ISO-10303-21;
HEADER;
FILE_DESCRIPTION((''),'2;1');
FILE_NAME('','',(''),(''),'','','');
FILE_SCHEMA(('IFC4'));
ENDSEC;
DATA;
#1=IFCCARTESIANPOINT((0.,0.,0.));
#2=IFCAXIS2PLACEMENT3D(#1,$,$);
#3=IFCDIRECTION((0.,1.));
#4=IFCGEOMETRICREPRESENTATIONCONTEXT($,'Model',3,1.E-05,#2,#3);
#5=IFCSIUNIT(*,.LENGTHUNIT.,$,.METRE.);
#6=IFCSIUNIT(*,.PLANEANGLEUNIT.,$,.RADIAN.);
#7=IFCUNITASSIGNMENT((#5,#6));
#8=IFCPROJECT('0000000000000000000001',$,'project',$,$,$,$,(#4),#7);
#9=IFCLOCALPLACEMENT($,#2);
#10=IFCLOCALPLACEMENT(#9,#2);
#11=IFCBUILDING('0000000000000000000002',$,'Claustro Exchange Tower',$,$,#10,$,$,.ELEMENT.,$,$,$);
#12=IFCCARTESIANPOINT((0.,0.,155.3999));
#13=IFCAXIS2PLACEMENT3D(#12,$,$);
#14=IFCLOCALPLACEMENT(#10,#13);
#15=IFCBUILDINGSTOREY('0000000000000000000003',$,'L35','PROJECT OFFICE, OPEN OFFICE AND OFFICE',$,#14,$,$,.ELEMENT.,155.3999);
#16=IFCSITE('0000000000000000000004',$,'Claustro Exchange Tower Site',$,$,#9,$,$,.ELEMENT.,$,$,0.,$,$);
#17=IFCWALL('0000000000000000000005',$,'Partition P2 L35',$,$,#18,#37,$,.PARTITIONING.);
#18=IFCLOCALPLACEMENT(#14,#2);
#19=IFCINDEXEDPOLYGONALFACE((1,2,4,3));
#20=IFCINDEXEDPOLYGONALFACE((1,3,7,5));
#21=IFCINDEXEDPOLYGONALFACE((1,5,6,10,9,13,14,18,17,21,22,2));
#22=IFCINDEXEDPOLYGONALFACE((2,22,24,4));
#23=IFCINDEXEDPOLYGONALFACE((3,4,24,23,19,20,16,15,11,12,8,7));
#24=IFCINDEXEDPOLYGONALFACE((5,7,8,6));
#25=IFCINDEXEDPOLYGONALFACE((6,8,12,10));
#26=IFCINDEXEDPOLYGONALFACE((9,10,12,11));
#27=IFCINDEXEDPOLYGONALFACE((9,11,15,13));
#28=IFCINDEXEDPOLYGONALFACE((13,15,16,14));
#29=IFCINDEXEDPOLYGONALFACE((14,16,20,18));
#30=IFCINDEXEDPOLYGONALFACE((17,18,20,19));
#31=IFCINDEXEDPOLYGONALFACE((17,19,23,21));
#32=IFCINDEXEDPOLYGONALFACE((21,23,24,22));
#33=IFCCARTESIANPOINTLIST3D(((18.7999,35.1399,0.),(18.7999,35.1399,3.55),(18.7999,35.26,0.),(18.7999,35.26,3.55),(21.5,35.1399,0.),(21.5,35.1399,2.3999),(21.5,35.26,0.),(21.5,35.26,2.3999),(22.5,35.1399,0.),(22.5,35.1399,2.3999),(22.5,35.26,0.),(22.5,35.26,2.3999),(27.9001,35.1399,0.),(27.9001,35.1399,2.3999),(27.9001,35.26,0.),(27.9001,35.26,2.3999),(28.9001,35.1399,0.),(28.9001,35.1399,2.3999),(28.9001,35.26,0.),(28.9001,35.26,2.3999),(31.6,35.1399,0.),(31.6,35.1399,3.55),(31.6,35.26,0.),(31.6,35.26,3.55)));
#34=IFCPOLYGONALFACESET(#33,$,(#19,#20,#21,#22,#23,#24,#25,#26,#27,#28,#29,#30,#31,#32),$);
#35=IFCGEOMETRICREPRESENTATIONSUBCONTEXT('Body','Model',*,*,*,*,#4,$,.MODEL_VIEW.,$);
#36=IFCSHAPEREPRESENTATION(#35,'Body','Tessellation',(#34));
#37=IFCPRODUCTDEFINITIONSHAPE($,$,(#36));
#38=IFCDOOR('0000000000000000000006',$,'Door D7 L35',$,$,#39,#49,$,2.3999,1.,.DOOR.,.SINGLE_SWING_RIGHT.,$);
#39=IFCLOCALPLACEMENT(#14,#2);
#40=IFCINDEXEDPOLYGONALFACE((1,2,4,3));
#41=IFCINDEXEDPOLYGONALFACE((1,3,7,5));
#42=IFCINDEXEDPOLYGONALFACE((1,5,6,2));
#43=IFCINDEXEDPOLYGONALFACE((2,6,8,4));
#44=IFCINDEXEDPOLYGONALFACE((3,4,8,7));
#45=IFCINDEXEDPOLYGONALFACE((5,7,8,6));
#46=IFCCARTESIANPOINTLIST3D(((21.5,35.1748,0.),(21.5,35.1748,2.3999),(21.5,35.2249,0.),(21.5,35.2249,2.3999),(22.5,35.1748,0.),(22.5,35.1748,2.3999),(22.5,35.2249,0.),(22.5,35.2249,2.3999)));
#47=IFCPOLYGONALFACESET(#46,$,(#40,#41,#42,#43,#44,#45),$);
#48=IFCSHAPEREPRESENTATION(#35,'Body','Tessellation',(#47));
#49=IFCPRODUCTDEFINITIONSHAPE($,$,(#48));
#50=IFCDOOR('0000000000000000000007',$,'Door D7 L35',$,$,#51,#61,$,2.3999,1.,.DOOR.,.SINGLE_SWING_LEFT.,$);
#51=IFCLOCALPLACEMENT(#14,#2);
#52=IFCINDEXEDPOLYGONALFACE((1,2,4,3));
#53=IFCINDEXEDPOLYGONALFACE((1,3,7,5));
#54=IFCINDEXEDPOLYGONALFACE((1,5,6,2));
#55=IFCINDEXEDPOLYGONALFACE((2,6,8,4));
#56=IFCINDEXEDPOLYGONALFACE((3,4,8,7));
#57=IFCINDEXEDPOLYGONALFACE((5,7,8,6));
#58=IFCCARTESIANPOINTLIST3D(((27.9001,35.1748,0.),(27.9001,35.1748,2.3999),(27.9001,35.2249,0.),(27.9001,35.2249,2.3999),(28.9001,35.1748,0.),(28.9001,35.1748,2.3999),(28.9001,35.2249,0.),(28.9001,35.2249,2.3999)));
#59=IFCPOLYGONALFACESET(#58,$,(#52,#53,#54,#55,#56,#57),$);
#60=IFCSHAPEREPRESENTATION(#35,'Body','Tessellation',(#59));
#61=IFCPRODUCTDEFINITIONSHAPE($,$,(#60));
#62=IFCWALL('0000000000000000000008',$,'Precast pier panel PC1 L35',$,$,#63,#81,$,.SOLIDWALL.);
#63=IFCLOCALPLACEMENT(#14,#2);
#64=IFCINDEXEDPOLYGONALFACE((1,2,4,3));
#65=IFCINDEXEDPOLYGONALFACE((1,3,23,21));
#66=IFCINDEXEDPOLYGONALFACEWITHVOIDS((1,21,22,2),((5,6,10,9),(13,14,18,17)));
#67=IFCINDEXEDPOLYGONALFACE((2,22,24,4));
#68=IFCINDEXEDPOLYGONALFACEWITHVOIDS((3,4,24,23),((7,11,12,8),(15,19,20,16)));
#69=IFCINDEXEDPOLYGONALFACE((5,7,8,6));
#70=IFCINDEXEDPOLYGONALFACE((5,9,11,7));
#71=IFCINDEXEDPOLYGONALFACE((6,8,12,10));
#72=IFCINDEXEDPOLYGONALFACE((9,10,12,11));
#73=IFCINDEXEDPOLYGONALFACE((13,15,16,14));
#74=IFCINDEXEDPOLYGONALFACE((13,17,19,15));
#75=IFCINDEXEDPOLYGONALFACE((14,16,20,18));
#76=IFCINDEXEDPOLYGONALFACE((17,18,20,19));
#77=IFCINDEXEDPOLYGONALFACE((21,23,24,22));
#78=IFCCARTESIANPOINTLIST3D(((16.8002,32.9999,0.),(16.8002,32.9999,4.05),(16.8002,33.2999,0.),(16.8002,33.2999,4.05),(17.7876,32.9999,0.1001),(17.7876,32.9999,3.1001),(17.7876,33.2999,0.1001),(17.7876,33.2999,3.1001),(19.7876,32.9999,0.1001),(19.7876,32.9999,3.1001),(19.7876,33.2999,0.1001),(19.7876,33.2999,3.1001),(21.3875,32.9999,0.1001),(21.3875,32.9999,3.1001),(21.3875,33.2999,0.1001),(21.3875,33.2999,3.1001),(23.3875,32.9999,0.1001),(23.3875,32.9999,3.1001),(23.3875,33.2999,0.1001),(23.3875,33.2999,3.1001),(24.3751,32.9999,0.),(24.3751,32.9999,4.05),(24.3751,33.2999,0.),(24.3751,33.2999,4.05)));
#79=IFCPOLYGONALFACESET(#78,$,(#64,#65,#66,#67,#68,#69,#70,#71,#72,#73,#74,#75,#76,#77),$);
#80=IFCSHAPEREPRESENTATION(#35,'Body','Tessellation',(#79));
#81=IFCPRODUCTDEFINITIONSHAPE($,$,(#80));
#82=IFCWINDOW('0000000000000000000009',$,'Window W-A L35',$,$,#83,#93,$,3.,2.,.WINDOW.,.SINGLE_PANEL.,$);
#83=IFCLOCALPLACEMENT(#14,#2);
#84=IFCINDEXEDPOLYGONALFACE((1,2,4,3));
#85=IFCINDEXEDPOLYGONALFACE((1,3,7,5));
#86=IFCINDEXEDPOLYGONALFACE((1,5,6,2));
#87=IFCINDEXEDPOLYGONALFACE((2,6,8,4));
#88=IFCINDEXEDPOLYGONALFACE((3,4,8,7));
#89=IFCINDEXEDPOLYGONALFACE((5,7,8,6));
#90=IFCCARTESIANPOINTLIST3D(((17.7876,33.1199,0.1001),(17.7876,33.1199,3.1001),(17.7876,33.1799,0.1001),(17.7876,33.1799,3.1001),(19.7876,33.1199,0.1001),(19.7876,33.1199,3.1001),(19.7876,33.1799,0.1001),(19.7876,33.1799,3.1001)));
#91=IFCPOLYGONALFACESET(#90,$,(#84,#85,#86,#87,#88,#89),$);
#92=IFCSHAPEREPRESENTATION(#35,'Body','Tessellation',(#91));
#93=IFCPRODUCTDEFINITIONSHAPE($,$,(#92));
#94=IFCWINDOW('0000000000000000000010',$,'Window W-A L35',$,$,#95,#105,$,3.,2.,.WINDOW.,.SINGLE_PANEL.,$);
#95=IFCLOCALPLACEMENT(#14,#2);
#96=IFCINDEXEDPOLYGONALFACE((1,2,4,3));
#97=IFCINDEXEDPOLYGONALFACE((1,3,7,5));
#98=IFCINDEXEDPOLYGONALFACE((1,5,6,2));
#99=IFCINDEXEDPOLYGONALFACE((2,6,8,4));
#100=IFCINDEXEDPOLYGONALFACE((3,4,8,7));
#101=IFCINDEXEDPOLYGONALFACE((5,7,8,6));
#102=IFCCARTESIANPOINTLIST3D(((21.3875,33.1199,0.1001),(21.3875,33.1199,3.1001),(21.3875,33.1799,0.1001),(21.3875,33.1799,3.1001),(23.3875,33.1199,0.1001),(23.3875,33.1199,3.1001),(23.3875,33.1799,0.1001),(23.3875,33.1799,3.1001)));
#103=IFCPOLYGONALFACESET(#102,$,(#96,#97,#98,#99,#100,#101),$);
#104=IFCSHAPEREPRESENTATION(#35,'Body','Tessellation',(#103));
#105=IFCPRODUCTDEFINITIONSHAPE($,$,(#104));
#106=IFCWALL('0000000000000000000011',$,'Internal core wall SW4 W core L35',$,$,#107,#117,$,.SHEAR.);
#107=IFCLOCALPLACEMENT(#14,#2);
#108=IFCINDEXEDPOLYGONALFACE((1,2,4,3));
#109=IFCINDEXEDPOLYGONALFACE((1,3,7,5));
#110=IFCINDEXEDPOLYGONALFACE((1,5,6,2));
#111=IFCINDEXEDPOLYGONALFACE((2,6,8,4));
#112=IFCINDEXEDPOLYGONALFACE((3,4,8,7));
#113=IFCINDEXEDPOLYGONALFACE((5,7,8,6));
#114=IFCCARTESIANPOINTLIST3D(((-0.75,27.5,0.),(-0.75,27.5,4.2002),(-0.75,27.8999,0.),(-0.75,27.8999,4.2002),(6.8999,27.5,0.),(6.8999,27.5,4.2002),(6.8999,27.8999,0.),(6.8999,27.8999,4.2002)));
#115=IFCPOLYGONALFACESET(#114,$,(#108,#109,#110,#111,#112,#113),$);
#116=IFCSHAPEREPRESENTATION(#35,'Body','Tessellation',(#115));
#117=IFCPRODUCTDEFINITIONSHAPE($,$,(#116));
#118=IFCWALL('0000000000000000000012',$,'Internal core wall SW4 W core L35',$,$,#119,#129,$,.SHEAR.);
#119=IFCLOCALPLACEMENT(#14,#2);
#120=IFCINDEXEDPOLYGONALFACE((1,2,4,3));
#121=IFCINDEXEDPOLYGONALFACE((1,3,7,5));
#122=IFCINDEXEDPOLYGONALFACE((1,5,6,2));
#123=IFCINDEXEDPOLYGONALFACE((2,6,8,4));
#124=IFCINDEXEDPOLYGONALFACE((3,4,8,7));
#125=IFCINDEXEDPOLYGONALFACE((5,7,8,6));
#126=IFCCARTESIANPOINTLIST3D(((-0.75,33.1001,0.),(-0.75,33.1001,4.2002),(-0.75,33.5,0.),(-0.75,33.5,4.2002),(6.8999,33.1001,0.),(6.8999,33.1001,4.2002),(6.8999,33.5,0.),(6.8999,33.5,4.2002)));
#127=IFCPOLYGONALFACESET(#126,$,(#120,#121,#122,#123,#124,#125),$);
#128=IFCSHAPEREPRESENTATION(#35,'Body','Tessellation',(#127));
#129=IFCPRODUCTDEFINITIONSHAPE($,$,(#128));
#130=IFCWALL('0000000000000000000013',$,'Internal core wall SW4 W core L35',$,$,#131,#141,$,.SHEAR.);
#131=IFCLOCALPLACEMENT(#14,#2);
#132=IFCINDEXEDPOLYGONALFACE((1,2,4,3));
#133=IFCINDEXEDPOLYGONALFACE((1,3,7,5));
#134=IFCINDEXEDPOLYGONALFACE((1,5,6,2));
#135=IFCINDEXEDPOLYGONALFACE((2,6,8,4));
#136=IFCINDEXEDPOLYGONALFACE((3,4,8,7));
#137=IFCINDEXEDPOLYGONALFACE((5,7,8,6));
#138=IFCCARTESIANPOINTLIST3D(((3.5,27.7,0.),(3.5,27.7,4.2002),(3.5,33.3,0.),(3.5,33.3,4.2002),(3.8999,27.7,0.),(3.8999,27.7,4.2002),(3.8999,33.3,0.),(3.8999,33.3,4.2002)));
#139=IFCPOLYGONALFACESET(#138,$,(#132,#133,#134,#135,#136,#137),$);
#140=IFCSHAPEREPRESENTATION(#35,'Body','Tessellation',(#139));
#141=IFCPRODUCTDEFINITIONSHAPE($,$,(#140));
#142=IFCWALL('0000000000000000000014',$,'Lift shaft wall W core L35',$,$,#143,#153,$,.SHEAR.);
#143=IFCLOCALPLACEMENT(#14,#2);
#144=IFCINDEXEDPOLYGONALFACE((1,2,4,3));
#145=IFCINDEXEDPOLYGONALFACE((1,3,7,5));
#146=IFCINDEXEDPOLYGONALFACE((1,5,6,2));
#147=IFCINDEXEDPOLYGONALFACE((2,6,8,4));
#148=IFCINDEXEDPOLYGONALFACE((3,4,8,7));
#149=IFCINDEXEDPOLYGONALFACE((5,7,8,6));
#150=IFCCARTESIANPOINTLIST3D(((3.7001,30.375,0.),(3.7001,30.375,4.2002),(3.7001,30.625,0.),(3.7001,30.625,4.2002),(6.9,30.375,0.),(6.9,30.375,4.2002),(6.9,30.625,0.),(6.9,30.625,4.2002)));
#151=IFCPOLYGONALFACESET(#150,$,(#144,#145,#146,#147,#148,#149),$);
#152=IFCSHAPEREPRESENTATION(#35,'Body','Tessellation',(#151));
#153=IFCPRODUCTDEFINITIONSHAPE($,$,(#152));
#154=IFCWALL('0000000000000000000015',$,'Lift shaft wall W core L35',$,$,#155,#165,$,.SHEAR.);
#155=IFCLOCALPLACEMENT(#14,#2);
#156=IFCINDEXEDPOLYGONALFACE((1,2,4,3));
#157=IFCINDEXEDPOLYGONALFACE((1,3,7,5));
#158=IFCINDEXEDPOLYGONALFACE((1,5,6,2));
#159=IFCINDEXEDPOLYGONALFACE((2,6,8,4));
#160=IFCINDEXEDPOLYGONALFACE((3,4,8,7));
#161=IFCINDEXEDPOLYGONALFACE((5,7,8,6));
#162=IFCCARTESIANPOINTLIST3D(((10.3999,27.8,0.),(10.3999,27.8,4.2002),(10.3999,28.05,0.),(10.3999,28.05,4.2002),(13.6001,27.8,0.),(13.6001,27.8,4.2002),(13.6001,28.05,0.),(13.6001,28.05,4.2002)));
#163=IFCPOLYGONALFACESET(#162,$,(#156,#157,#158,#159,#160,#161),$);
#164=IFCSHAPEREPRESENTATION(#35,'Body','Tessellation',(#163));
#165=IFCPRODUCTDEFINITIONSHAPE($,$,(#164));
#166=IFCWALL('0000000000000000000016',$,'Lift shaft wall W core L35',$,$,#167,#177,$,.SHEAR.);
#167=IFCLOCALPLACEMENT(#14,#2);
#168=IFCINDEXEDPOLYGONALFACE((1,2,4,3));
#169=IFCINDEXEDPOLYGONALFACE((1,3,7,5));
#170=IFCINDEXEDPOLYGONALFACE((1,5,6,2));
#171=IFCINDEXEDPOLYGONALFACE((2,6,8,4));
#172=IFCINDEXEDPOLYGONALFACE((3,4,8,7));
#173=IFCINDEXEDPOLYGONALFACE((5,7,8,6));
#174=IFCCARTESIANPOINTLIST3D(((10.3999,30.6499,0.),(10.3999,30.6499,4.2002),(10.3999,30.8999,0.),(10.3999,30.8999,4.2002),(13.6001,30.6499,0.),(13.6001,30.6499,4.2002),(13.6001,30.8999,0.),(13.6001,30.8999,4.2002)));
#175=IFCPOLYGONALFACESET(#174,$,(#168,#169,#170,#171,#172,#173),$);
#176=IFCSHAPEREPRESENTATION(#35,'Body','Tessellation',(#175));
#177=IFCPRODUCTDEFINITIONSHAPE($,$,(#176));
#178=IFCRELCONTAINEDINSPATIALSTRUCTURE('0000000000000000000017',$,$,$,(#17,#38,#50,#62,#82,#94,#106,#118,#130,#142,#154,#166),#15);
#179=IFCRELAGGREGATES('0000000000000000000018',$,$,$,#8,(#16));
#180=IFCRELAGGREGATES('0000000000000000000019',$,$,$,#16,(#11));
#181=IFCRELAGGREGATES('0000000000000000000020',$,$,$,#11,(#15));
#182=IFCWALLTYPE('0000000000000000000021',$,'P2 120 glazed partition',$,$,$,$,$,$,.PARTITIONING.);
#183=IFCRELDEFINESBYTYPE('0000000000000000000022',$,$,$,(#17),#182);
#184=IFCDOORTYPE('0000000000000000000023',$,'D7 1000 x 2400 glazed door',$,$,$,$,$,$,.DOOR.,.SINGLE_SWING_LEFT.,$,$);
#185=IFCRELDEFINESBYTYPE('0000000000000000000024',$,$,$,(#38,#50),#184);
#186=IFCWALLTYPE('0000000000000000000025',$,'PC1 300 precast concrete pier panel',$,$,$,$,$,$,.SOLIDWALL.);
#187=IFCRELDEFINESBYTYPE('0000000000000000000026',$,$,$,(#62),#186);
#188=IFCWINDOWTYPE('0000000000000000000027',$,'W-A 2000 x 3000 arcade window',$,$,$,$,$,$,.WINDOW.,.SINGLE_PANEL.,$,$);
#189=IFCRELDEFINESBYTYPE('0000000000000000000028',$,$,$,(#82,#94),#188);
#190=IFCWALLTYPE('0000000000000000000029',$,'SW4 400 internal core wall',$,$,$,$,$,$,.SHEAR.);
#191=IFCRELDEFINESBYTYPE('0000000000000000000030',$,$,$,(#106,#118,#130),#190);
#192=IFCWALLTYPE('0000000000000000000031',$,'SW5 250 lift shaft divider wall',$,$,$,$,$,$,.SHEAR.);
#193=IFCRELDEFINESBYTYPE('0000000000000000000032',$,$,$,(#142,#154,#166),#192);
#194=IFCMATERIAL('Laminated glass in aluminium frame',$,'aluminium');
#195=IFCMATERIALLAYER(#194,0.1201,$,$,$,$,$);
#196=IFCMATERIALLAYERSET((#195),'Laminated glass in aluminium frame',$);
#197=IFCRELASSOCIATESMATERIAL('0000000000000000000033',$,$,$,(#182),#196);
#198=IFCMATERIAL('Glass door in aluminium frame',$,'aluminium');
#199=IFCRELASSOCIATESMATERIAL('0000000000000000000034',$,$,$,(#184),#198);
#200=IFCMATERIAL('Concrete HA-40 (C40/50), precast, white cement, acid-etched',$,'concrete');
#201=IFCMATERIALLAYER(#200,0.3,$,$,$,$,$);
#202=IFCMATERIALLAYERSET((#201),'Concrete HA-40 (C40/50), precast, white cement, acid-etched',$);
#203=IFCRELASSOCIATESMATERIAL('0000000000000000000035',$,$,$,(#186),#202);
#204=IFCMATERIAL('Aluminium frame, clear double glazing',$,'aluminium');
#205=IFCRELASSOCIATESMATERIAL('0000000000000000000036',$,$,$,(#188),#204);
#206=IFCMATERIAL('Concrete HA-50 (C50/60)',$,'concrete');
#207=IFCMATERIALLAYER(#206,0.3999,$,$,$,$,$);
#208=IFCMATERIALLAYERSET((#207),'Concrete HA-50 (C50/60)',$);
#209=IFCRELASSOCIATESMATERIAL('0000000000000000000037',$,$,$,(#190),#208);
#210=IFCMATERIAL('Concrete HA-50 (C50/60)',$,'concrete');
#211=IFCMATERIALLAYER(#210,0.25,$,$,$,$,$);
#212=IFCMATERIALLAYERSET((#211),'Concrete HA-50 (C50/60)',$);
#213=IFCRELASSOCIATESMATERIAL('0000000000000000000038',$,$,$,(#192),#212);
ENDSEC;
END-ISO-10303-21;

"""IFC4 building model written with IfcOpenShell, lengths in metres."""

from ifc_helpers import new_model, si_unit, direction, frame, frame_2d, origin, place, context, subcontext, project, spatial, rectangle, extrude, material, layer, layer_set, type_object, element, fill, save


model = new_model("IFC4")

# Units and contexts
model_context = context("Model", 3, precision=1e-05, world=origin(), true_north=direction((0.0, 1.0)))
body_context = subcontext(model_context, "Body", "Model", "MODEL_VIEW")
ifc_project = project(units=[si_unit("LENGTHUNIT", "METRE"), si_unit("PLANEANGLEUNIT", "RADIAN")], contexts=[model_context])

# Site, building, storey
site_placement = place(None, origin())
site = spatial("IfcSite", under=ifc_project, at=site_placement, Name="Claustro Exchange Tower Site", CompositionType="ELEMENT", RefElevation=0.0)
building_placement = place(site_placement, origin())
building = spatial("IfcBuilding", under=site, at=building_placement, Name="Claustro Exchange Tower", CompositionType="ELEMENT")
storey_placement = place(building_placement, frame((0.0, 0.0, 155.3999)))
storey = spatial("IfcBuildingStorey", under=building, at=storey_placement, Name="L35", Description="PROJECT OFFICE, OPEN OFFICE AND OFFICE", CompositionType="ELEMENT", Elevation=155.3999)

# Shared definitions
ifc_material_1 = material(Name="Laminated glass in aluminium frame", Category="aluminium")
ifc_layer_1 = layer(ifc_material_1, 0.1201)
ifc_layer_set_1 = layer_set([ifc_layer_1], Name="Laminated glass in aluminium frame")
wall_type_1 = type_object("IfcWallType", Name="P2 120 glazed partition", PredefinedType="PARTITIONING", material=ifc_layer_set_1)

# Wall, openings, doors
wall_1_placement = place(storey_placement, frame((18.8, 35.2, 0.0), z_axis=(0.0, 0.0, 1.0), x_axis=(1.0, 0.0, 0.0)))
wall_1 = element("IfcWall", 1, at=wall_1_placement, inside=storey, type_object=wall_type_1, Name="Partition P2 L35", PredefinedType="PARTITIONING", context=body_context, shape_type="SweptSolid", body=[
    extrude(rectangle(XDim=12.8, YDim=0.1201, at=frame_2d((6.3999, 0.0))), origin(), (0.0, 0.0, 1.0), 3.55),
])
opening_1_placement = place(wall_1_placement, frame((2.7, 0.0, 0.0)))
opening_1 = element("IfcOpeningElement", 2, at=opening_1_placement, cuts=wall_1, PredefinedType="OPENING", context=body_context, shape_type="SweptSolid", body=[
    extrude(rectangle(XDim=1.0, YDim=2.3999, at=frame_2d((0.5, 1.2))), frame((0.0, 0.0701, 0.0), z_axis=(0.0, -1.0, 0.0), x_axis=(1.0, 0.0, 0.0)), (0.0, 0.0, 1.0), 0.1401),
])
opening_2_placement = place(wall_1_placement, frame((9.1001, 0.0, 0.0)))
opening_2 = element("IfcOpeningElement", 3, at=opening_2_placement, cuts=wall_1, PredefinedType="OPENING", context=body_context, shape_type="SweptSolid", body=[
    extrude(rectangle(XDim=1.0, YDim=2.3999, at=frame_2d((0.5, 1.2))), frame((0.0, 0.0701, 0.0), z_axis=(0.0, -1.0, 0.0), x_axis=(1.0, 0.0, 0.0)), (0.0, 0.0, 1.0), 0.1401),
])
ifc_material_2 = material(Name="Glass door in aluminium frame", Category="aluminium")
door_type_1 = type_object("IfcDoorType", Name="D7 1000 x 2400 glazed door", OperationType="SINGLE_SWING_LEFT", PredefinedType="DOOR", material=ifc_material_2)
door_1_placement = place(opening_1_placement, origin())
door_1 = element("IfcDoor", 4, at=door_1_placement, inside=storey, type_object=door_type_1, Name="Door D7 L35", OperationType="SINGLE_SWING_RIGHT", OverallHeight=2.3999, OverallWidth=1.0, PredefinedType="DOOR", context=body_context, shape_type="SweptSolid", body=[
    extrude(rectangle(XDim=1.0, YDim=2.3999, at=frame_2d((0.5, 1.2))), frame((0.0, 0.0249, 0.0), z_axis=(0.0, -1.0, 0.0), x_axis=(1.0, 0.0, 0.0)), (0.0, 0.0, 1.0), 0.05),
])
fill(opening_1, door_1)
door_2_placement = place(opening_2_placement, origin())
door_2 = element("IfcDoor", 5, at=door_2_placement, inside=storey, type_object=door_type_1, Name="Door D7 L35", OperationType="SINGLE_SWING_LEFT", OverallHeight=2.3999, OverallWidth=1.0, PredefinedType="DOOR", context=body_context, shape_type="SweptSolid", body=[
    extrude(rectangle(XDim=1.0, YDim=2.3999, at=frame_2d((0.5, 1.2))), frame((0.0, 0.0249, 0.0), z_axis=(0.0, -1.0, 0.0), x_axis=(1.0, 0.0, 0.0)), (0.0, 0.0, 1.0), 0.05),
])
fill(opening_2, door_2)

# Wall, openings, windows
ifc_material_3 = material(Name="Concrete HA-40 (C40/50), precast, white cement, acid-etched", Category="concrete")
ifc_layer_2 = layer(ifc_material_3, 0.3)
ifc_layer_set_2 = layer_set([ifc_layer_2], Name="Concrete HA-40 (C40/50), precast, white cement, acid-etched")
wall_type_2 = type_object("IfcWallType", Name="PC1 300 precast concrete pier panel", PredefinedType="SOLIDWALL", material=ifc_layer_set_2)
wall_2_placement = place(storey_placement, frame((16.8, 33.1499, 0.0), z_axis=(0.0, 0.0, 1.0), x_axis=(1.0, 0.0, 0.0)))
wall_2 = element("IfcWall", 6, at=wall_2_placement, inside=storey, type_object=wall_type_2, Name="Precast pier panel PC1 L35", PredefinedType="SOLIDWALL", context=body_context, shape_type="SweptSolid", body=[
    extrude(rectangle(XDim=7.575, YDim=0.3, at=frame_2d((3.7876, 0.0))), origin(), (0.0, 0.0, 1.0), 4.05),
])
opening_3_placement = place(wall_2_placement, frame((0.9875, 0.0, 0.1001)))
opening_3 = element("IfcOpeningElement", 7, at=opening_3_placement, cuts=wall_2, PredefinedType="OPENING", context=body_context, shape_type="SweptSolid", body=[
    extrude(rectangle(XDim=2.0, YDim=3.0, at=frame_2d((1.0, 1.5))), frame((0.0, 0.1599, 0.0), z_axis=(0.0, -1.0, 0.0), x_axis=(1.0, 0.0, 0.0)), (0.0, 0.0, 1.0), 0.3201),
])
opening_4_placement = place(wall_2_placement, frame((4.5874, 0.0, 0.1001)))
opening_4 = element("IfcOpeningElement", 8, at=opening_4_placement, cuts=wall_2, PredefinedType="OPENING", context=body_context, shape_type="SweptSolid", body=[
    extrude(rectangle(XDim=2.0, YDim=3.0, at=frame_2d((1.0, 1.5))), frame((0.0, 0.1599, 0.0), z_axis=(0.0, -1.0, 0.0), x_axis=(1.0, 0.0, 0.0)), (0.0, 0.0, 1.0), 0.3201),
])
ifc_material_4 = material(Name="Aluminium frame, clear double glazing", Category="aluminium")
window_type = type_object("IfcWindowType", Name="W-A 2000 x 3000 arcade window", PartitioningType="SINGLE_PANEL", PredefinedType="WINDOW", material=ifc_material_4)
window_1_placement = place(opening_3_placement, origin())
window_1 = element("IfcWindow", 9, at=window_1_placement, inside=storey, type_object=window_type, Name="Window W-A L35", OverallHeight=3.0, OverallWidth=2.0, PartitioningType="SINGLE_PANEL", PredefinedType="WINDOW", context=body_context, shape_type="SweptSolid", body=[
    extrude(rectangle(XDim=2.0, YDim=3.0, at=frame_2d((1.0, 1.5))), frame((0.0, 0.03, 0.0), z_axis=(0.0, -1.0, 0.0), x_axis=(1.0, 0.0, 0.0)), (0.0, 0.0, 1.0), 0.0601),
])
fill(opening_3, window_1)
window_2_placement = place(opening_4_placement, origin())
window_2 = element("IfcWindow", 10, at=window_2_placement, inside=storey, type_object=window_type, Name="Window W-A L35", OverallHeight=3.0, OverallWidth=2.0, PartitioningType="SINGLE_PANEL", PredefinedType="WINDOW", context=body_context, shape_type="SweptSolid", body=[
    extrude(rectangle(XDim=2.0, YDim=3.0, at=frame_2d((1.0, 1.5))), frame((0.0, 0.03, 0.0), z_axis=(0.0, -1.0, 0.0), x_axis=(1.0, 0.0, 0.0)), (0.0, 0.0, 1.0), 0.0601),
])
fill(opening_4, window_2)

# Walls
ifc_material_5 = material(Name="Concrete HA-50 (C50/60)", Category="concrete")
ifc_layer_3 = layer(ifc_material_5, 0.3999)
ifc_layer_set_3 = layer_set([ifc_layer_3], Name="Concrete HA-50 (C50/60)")
wall_type_3 = type_object("IfcWallType", Name="SW4 400 internal core wall", PredefinedType="SHEAR", material=ifc_layer_set_3)
for number, where, z_axis, x_axis, name in (
    (11, (-0.75, 27.7, 0.0), (0.0, 0.0, 1.0), (1.0, 0.0, 0.0), "Internal core wall SW4 W core L35"),
    (12, (-0.75, 33.3, 0.0), (0.0, 0.0, 1.0), (1.0, 0.0, 0.0), "Internal core wall SW4 W core L35"),
):
    element("IfcWall", number, at=place(storey_placement, frame(where, z_axis=z_axis, x_axis=x_axis)), inside=storey, type_object=wall_type_3, Name=name, PredefinedType="SHEAR", context=body_context, shape_type="SweptSolid", body=[
        extrude(rectangle(XDim=7.6499, YDim=0.3999, at=frame_2d((3.825, 0.0))), origin(), (0.0, 0.0, 1.0), 4.2002),
    ])
wall_3_placement = place(storey_placement, frame((3.7, 27.7, 0.0), z_axis=(0.0, 0.0, 1.0), x_axis=(0.0, 1.0, 0.0)))
element("IfcWall", 13, at=wall_3_placement, inside=storey, type_object=wall_type_3, Name="Internal core wall SW4 W core L35", PredefinedType="SHEAR", context=body_context, shape_type="SweptSolid", body=[
    extrude(rectangle(XDim=5.6001, YDim=0.3999, at=frame_2d((2.8, 0.0))), origin(), (0.0, 0.0, 1.0), 4.2002),
])
ifc_material_6 = material(Name="Concrete HA-50 (C50/60)", Category="concrete")
ifc_layer_4 = layer(ifc_material_6, 0.25)
ifc_layer_set_4 = layer_set([ifc_layer_4], Name="Concrete HA-50 (C50/60)")
wall_type_4 = type_object("IfcWallType", Name="SW5 250 lift shaft divider wall", PredefinedType="SHEAR", material=ifc_layer_set_4)
wall_4_placement = place(storey_placement, frame((3.7, 30.5, 0.0), z_axis=(0.0, 0.0, 1.0), x_axis=(1.0, 0.0, 0.0)))
element("IfcWall", 14, at=wall_4_placement, inside=storey, type_object=wall_type_4, Name="Lift shaft wall W core L35", PredefinedType="SHEAR", context=body_context, shape_type="SweptSolid", body=[
    extrude(rectangle(XDim=3.2, YDim=0.25, at=frame_2d((1.6001, 0.0))), origin(), (0.0, 0.0, 1.0), 4.2002),
])
for number, where, z_axis, x_axis, name in (
    (15, (10.3999, 27.925, 0.0), (0.0, 0.0, 1.0), (1.0, 0.0, 0.0), "Lift shaft wall W core L35"),
    (16, (10.3999, 30.7749, 0.0), (0.0, 0.0, 1.0), (1.0, 0.0, 0.0), "Lift shaft wall W core L35"),
):
    element("IfcWall", number, at=place(storey_placement, frame(where, z_axis=z_axis, x_axis=x_axis)), inside=storey, type_object=wall_type_4, Name=name, PredefinedType="SHEAR", context=body_context, shape_type="SweptSolid", body=[
        extrude(rectangle(XDim=3.2002, YDim=0.25, at=frame_2d((1.6001, 0.0))), origin(), (0.0, 0.0, 1.0), 4.2002),
    ])

save(model, "model.ifc")
